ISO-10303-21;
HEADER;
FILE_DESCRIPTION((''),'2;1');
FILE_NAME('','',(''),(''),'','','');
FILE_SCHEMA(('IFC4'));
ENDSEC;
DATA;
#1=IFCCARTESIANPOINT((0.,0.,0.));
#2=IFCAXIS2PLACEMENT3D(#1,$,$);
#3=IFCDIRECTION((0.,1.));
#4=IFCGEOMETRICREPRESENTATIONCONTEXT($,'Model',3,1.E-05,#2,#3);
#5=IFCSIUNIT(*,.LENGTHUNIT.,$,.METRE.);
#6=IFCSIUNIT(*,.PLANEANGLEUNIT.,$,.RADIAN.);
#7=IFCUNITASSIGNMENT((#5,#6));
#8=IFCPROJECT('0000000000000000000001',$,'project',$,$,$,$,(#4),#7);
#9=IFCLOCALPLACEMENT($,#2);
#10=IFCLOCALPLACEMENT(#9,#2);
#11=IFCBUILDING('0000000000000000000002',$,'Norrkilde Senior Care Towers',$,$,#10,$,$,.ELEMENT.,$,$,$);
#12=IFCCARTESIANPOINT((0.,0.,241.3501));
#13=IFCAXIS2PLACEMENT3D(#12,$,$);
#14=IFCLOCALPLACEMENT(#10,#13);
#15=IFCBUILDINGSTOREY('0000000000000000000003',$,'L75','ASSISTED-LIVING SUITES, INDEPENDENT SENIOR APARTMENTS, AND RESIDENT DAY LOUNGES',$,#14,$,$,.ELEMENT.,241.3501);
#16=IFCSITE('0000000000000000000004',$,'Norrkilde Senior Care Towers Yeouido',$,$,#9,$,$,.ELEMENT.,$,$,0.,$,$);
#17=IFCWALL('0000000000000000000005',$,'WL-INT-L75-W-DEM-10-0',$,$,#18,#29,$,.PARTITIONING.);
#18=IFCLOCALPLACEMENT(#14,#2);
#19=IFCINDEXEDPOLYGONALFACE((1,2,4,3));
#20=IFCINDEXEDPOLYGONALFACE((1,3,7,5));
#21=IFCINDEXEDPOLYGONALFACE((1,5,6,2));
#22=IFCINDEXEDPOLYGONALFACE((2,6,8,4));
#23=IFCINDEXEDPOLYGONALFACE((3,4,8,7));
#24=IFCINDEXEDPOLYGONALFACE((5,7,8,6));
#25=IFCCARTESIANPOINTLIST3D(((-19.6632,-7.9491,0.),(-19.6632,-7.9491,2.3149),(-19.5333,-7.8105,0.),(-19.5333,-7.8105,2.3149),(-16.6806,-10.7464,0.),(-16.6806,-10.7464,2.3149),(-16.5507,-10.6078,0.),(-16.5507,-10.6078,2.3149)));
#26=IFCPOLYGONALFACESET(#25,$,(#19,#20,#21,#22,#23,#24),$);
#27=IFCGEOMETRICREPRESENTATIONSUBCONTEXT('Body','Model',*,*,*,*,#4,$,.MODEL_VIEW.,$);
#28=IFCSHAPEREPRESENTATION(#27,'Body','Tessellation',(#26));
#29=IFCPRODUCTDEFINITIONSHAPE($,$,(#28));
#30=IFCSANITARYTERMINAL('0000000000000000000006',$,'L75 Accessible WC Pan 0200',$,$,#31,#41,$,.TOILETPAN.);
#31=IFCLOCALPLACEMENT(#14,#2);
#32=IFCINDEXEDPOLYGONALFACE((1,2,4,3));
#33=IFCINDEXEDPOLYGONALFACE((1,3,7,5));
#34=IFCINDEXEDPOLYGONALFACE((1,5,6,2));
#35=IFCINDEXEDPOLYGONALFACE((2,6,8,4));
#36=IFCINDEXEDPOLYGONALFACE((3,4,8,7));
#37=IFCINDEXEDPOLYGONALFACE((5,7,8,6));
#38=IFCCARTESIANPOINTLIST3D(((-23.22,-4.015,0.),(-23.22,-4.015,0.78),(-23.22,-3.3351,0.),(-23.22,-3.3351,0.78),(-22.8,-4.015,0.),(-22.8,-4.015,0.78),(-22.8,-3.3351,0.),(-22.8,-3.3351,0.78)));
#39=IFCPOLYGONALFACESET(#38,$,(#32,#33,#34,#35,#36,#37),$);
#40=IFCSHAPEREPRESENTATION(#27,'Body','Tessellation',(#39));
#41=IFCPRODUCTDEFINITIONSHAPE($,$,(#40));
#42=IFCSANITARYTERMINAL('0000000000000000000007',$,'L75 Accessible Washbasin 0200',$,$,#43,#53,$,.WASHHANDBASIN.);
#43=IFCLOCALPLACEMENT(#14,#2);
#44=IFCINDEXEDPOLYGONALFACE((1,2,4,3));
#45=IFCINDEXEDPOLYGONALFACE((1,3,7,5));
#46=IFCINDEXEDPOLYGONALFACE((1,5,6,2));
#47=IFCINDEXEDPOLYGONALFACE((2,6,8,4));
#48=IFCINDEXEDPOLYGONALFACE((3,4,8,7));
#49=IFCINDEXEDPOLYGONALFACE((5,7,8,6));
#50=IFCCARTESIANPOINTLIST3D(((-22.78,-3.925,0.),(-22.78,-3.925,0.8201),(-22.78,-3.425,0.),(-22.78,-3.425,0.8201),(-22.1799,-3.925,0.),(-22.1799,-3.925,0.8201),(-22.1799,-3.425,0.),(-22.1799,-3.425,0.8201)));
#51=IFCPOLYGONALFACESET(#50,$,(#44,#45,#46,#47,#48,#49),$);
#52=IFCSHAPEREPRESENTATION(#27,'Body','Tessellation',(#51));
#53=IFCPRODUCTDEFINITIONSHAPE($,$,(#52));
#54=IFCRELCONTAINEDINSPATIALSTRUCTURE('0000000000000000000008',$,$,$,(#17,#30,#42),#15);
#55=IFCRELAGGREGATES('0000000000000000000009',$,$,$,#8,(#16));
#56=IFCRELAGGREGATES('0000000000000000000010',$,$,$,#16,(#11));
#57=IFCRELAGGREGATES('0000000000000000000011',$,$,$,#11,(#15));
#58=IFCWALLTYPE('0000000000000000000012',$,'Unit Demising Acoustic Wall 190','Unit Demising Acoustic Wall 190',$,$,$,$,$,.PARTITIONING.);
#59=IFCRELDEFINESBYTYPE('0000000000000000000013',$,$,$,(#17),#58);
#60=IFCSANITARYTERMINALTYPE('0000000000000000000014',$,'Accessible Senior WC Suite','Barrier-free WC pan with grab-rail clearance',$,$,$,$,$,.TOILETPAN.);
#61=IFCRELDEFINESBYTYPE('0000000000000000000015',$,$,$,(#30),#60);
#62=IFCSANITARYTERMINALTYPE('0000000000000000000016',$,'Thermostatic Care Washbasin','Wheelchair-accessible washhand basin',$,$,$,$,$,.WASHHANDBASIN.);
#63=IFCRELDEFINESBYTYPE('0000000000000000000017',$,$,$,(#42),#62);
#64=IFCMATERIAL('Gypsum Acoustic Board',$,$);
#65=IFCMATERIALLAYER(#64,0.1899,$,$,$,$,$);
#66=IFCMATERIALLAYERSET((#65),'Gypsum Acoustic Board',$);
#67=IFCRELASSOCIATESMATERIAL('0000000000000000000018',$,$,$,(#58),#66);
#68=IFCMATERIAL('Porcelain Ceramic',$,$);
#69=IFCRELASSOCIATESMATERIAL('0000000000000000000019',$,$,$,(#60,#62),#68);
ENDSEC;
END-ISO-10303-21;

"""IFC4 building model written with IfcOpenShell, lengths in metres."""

from ifc_helpers import new_model, si_unit, direction, frame, frame_2d, origin, origin_2d, place, context, subcontext, project, spatial, rectangle, extrude, source, transform, mapped, material, layer, layer_set, type_object, type_shapes, element, save


model = new_model("IFC4")

# Units and contexts
model_context = context("Model", 3, precision=1e-05, world=origin(), true_north=direction((0.0, 1.0)))
body_context = subcontext(model_context, "Body", "Model", "MODEL_VIEW")
ifc_project = project(units=[si_unit("LENGTHUNIT", "METRE"), si_unit("PLANEANGLEUNIT", "RADIAN")], contexts=[model_context])

# Site, building, storey
site_placement = place(None, origin())
site = spatial("IfcSite", under=ifc_project, at=site_placement, Name="Norrkilde Senior Care Towers Yeouido", CompositionType="ELEMENT", RefElevation=0.0)
building_placement = place(site_placement, origin())
building = spatial("IfcBuilding", under=site, at=building_placement, Name="Norrkilde Senior Care Towers", CompositionType="ELEMENT")
storey_placement = place(building_placement, frame((0.0, 0.0, 241.3501)))
storey = spatial("IfcBuildingStorey", under=building, at=storey_placement, Name="L75", Description="ASSISTED-LIVING SUITES, INDEPENDENT SENIOR APARTMENTS, AND RESIDENT DAY LOUNGES", CompositionType="ELEMENT", Elevation=241.3501)

# Shared definitions
ifc_material_1 = material(Name="Gypsum Acoustic Board")

# Wall
ifc_layer_1 = layer(ifc_material_1, 0.1899)
ifc_layer_set_1 = layer_set([ifc_layer_1], Name="Gypsum Acoustic Board")
wall_type_1 = type_object("IfcWallType", Name="Unit Demising Acoustic Wall 190", Description="Unit Demising Acoustic Wall 190", PredefinedType="PARTITIONING", material=ifc_layer_set_1)
shared_shape_1 = source(origin(), body_context, "Body", "SweptSolid", [
    extrude(rectangle(XDim=4.0891, YDim=0.1899, at=frame_2d((2.0444, 0.0))), origin(), (0.0, 0.0, 1.0), 2.3149),
])
type_shapes(wall_type_1, [shared_shape_1])
wall_1_placement = place(storey_placement, frame((-19.5981, -7.8799, 0.0), z_axis=(0.0, 0.0, 1.0), x_axis=(0.729401, -0.684086, 0.0)))
element("IfcWall", 1, at=wall_1_placement, inside=storey, type_object=wall_type_1, Name="WL-INT-L75-W-DEM-10-0", PredefinedType="PARTITIONING", context=body_context, shape_type="MappedRepresentation", body=[
    mapped(shared_shape_1, transform((0.0, 0.0, 0.0), x_axis=(1.0, 0.0, 0.0), y_axis=(0.0, 1.0, 0.0), z_axis=(0.0, 0.0, 1.0), scale=1.0)),
])

# Sanitary terminals
ifc_material_2 = material(Name="Porcelain Ceramic")
sanitary_terminal_type_1 = type_object("IfcSanitaryTerminalType", Name="Accessible Senior WC Suite", Description="Barrier-free WC pan with grab-rail clearance", PredefinedType="TOILETPAN", material=ifc_material_2)
shared_shape_2 = source(origin(), body_context, "Body", "SweptSolid", [
    extrude(rectangle(XDim=0.4199, YDim=0.6799, at=origin_2d()), origin(), (0.0, 0.0, 1.0), 0.78),
])
type_shapes(sanitary_terminal_type_1, [shared_shape_2])
sanitary_terminal_1_placement = place(storey_placement, frame((-23.01, -3.675, 0.0), z_axis=(0.0, 0.0, 1.0), x_axis=(1.0, 0.0, 0.0)))
element("IfcSanitaryTerminal", 2, at=sanitary_terminal_1_placement, inside=storey, type_object=sanitary_terminal_type_1, Name="L75 Accessible WC Pan 0200", PredefinedType="TOILETPAN", context=body_context, shape_type="MappedRepresentation", body=[
    mapped(shared_shape_2, transform((0.0, 0.0, 0.0), x_axis=(1.0, 0.0, 0.0), y_axis=(0.0, 1.0, 0.0), z_axis=(0.0, 0.0, 1.0), scale=1.0)),
])
sanitary_terminal_type_2 = type_object("IfcSanitaryTerminalType", Name="Thermostatic Care Washbasin", Description="Wheelchair-accessible washhand basin", PredefinedType="WASHHANDBASIN", material=ifc_material_2)
shared_shape_3 = source(origin(), body_context, "Body", "SweptSolid", [
    extrude(rectangle(XDim=0.6001, YDim=0.5, at=origin_2d()), origin(), (0.0, 0.0, 1.0), 0.8201),
])
type_shapes(sanitary_terminal_type_2, [shared_shape_3])
sanitary_terminal_2_placement = place(storey_placement, frame((-22.48, -3.675, 0.0), z_axis=(0.0, 0.0, 1.0), x_axis=(1.0, 0.0, 0.0)))
element("IfcSanitaryTerminal", 3, at=sanitary_terminal_2_placement, inside=storey, type_object=sanitary_terminal_type_2, Name="L75 Accessible Washbasin 0200", PredefinedType="WASHHANDBASIN", context=body_context, shape_type="MappedRepresentation", body=[
    mapped(shared_shape_3, transform((0.0, 0.0, 0.0), x_axis=(1.0, 0.0, 0.0), y_axis=(0.0, 1.0, 0.0), z_axis=(0.0, 0.0, 1.0), scale=1.0)),
])

save(model, "model.ifc")
